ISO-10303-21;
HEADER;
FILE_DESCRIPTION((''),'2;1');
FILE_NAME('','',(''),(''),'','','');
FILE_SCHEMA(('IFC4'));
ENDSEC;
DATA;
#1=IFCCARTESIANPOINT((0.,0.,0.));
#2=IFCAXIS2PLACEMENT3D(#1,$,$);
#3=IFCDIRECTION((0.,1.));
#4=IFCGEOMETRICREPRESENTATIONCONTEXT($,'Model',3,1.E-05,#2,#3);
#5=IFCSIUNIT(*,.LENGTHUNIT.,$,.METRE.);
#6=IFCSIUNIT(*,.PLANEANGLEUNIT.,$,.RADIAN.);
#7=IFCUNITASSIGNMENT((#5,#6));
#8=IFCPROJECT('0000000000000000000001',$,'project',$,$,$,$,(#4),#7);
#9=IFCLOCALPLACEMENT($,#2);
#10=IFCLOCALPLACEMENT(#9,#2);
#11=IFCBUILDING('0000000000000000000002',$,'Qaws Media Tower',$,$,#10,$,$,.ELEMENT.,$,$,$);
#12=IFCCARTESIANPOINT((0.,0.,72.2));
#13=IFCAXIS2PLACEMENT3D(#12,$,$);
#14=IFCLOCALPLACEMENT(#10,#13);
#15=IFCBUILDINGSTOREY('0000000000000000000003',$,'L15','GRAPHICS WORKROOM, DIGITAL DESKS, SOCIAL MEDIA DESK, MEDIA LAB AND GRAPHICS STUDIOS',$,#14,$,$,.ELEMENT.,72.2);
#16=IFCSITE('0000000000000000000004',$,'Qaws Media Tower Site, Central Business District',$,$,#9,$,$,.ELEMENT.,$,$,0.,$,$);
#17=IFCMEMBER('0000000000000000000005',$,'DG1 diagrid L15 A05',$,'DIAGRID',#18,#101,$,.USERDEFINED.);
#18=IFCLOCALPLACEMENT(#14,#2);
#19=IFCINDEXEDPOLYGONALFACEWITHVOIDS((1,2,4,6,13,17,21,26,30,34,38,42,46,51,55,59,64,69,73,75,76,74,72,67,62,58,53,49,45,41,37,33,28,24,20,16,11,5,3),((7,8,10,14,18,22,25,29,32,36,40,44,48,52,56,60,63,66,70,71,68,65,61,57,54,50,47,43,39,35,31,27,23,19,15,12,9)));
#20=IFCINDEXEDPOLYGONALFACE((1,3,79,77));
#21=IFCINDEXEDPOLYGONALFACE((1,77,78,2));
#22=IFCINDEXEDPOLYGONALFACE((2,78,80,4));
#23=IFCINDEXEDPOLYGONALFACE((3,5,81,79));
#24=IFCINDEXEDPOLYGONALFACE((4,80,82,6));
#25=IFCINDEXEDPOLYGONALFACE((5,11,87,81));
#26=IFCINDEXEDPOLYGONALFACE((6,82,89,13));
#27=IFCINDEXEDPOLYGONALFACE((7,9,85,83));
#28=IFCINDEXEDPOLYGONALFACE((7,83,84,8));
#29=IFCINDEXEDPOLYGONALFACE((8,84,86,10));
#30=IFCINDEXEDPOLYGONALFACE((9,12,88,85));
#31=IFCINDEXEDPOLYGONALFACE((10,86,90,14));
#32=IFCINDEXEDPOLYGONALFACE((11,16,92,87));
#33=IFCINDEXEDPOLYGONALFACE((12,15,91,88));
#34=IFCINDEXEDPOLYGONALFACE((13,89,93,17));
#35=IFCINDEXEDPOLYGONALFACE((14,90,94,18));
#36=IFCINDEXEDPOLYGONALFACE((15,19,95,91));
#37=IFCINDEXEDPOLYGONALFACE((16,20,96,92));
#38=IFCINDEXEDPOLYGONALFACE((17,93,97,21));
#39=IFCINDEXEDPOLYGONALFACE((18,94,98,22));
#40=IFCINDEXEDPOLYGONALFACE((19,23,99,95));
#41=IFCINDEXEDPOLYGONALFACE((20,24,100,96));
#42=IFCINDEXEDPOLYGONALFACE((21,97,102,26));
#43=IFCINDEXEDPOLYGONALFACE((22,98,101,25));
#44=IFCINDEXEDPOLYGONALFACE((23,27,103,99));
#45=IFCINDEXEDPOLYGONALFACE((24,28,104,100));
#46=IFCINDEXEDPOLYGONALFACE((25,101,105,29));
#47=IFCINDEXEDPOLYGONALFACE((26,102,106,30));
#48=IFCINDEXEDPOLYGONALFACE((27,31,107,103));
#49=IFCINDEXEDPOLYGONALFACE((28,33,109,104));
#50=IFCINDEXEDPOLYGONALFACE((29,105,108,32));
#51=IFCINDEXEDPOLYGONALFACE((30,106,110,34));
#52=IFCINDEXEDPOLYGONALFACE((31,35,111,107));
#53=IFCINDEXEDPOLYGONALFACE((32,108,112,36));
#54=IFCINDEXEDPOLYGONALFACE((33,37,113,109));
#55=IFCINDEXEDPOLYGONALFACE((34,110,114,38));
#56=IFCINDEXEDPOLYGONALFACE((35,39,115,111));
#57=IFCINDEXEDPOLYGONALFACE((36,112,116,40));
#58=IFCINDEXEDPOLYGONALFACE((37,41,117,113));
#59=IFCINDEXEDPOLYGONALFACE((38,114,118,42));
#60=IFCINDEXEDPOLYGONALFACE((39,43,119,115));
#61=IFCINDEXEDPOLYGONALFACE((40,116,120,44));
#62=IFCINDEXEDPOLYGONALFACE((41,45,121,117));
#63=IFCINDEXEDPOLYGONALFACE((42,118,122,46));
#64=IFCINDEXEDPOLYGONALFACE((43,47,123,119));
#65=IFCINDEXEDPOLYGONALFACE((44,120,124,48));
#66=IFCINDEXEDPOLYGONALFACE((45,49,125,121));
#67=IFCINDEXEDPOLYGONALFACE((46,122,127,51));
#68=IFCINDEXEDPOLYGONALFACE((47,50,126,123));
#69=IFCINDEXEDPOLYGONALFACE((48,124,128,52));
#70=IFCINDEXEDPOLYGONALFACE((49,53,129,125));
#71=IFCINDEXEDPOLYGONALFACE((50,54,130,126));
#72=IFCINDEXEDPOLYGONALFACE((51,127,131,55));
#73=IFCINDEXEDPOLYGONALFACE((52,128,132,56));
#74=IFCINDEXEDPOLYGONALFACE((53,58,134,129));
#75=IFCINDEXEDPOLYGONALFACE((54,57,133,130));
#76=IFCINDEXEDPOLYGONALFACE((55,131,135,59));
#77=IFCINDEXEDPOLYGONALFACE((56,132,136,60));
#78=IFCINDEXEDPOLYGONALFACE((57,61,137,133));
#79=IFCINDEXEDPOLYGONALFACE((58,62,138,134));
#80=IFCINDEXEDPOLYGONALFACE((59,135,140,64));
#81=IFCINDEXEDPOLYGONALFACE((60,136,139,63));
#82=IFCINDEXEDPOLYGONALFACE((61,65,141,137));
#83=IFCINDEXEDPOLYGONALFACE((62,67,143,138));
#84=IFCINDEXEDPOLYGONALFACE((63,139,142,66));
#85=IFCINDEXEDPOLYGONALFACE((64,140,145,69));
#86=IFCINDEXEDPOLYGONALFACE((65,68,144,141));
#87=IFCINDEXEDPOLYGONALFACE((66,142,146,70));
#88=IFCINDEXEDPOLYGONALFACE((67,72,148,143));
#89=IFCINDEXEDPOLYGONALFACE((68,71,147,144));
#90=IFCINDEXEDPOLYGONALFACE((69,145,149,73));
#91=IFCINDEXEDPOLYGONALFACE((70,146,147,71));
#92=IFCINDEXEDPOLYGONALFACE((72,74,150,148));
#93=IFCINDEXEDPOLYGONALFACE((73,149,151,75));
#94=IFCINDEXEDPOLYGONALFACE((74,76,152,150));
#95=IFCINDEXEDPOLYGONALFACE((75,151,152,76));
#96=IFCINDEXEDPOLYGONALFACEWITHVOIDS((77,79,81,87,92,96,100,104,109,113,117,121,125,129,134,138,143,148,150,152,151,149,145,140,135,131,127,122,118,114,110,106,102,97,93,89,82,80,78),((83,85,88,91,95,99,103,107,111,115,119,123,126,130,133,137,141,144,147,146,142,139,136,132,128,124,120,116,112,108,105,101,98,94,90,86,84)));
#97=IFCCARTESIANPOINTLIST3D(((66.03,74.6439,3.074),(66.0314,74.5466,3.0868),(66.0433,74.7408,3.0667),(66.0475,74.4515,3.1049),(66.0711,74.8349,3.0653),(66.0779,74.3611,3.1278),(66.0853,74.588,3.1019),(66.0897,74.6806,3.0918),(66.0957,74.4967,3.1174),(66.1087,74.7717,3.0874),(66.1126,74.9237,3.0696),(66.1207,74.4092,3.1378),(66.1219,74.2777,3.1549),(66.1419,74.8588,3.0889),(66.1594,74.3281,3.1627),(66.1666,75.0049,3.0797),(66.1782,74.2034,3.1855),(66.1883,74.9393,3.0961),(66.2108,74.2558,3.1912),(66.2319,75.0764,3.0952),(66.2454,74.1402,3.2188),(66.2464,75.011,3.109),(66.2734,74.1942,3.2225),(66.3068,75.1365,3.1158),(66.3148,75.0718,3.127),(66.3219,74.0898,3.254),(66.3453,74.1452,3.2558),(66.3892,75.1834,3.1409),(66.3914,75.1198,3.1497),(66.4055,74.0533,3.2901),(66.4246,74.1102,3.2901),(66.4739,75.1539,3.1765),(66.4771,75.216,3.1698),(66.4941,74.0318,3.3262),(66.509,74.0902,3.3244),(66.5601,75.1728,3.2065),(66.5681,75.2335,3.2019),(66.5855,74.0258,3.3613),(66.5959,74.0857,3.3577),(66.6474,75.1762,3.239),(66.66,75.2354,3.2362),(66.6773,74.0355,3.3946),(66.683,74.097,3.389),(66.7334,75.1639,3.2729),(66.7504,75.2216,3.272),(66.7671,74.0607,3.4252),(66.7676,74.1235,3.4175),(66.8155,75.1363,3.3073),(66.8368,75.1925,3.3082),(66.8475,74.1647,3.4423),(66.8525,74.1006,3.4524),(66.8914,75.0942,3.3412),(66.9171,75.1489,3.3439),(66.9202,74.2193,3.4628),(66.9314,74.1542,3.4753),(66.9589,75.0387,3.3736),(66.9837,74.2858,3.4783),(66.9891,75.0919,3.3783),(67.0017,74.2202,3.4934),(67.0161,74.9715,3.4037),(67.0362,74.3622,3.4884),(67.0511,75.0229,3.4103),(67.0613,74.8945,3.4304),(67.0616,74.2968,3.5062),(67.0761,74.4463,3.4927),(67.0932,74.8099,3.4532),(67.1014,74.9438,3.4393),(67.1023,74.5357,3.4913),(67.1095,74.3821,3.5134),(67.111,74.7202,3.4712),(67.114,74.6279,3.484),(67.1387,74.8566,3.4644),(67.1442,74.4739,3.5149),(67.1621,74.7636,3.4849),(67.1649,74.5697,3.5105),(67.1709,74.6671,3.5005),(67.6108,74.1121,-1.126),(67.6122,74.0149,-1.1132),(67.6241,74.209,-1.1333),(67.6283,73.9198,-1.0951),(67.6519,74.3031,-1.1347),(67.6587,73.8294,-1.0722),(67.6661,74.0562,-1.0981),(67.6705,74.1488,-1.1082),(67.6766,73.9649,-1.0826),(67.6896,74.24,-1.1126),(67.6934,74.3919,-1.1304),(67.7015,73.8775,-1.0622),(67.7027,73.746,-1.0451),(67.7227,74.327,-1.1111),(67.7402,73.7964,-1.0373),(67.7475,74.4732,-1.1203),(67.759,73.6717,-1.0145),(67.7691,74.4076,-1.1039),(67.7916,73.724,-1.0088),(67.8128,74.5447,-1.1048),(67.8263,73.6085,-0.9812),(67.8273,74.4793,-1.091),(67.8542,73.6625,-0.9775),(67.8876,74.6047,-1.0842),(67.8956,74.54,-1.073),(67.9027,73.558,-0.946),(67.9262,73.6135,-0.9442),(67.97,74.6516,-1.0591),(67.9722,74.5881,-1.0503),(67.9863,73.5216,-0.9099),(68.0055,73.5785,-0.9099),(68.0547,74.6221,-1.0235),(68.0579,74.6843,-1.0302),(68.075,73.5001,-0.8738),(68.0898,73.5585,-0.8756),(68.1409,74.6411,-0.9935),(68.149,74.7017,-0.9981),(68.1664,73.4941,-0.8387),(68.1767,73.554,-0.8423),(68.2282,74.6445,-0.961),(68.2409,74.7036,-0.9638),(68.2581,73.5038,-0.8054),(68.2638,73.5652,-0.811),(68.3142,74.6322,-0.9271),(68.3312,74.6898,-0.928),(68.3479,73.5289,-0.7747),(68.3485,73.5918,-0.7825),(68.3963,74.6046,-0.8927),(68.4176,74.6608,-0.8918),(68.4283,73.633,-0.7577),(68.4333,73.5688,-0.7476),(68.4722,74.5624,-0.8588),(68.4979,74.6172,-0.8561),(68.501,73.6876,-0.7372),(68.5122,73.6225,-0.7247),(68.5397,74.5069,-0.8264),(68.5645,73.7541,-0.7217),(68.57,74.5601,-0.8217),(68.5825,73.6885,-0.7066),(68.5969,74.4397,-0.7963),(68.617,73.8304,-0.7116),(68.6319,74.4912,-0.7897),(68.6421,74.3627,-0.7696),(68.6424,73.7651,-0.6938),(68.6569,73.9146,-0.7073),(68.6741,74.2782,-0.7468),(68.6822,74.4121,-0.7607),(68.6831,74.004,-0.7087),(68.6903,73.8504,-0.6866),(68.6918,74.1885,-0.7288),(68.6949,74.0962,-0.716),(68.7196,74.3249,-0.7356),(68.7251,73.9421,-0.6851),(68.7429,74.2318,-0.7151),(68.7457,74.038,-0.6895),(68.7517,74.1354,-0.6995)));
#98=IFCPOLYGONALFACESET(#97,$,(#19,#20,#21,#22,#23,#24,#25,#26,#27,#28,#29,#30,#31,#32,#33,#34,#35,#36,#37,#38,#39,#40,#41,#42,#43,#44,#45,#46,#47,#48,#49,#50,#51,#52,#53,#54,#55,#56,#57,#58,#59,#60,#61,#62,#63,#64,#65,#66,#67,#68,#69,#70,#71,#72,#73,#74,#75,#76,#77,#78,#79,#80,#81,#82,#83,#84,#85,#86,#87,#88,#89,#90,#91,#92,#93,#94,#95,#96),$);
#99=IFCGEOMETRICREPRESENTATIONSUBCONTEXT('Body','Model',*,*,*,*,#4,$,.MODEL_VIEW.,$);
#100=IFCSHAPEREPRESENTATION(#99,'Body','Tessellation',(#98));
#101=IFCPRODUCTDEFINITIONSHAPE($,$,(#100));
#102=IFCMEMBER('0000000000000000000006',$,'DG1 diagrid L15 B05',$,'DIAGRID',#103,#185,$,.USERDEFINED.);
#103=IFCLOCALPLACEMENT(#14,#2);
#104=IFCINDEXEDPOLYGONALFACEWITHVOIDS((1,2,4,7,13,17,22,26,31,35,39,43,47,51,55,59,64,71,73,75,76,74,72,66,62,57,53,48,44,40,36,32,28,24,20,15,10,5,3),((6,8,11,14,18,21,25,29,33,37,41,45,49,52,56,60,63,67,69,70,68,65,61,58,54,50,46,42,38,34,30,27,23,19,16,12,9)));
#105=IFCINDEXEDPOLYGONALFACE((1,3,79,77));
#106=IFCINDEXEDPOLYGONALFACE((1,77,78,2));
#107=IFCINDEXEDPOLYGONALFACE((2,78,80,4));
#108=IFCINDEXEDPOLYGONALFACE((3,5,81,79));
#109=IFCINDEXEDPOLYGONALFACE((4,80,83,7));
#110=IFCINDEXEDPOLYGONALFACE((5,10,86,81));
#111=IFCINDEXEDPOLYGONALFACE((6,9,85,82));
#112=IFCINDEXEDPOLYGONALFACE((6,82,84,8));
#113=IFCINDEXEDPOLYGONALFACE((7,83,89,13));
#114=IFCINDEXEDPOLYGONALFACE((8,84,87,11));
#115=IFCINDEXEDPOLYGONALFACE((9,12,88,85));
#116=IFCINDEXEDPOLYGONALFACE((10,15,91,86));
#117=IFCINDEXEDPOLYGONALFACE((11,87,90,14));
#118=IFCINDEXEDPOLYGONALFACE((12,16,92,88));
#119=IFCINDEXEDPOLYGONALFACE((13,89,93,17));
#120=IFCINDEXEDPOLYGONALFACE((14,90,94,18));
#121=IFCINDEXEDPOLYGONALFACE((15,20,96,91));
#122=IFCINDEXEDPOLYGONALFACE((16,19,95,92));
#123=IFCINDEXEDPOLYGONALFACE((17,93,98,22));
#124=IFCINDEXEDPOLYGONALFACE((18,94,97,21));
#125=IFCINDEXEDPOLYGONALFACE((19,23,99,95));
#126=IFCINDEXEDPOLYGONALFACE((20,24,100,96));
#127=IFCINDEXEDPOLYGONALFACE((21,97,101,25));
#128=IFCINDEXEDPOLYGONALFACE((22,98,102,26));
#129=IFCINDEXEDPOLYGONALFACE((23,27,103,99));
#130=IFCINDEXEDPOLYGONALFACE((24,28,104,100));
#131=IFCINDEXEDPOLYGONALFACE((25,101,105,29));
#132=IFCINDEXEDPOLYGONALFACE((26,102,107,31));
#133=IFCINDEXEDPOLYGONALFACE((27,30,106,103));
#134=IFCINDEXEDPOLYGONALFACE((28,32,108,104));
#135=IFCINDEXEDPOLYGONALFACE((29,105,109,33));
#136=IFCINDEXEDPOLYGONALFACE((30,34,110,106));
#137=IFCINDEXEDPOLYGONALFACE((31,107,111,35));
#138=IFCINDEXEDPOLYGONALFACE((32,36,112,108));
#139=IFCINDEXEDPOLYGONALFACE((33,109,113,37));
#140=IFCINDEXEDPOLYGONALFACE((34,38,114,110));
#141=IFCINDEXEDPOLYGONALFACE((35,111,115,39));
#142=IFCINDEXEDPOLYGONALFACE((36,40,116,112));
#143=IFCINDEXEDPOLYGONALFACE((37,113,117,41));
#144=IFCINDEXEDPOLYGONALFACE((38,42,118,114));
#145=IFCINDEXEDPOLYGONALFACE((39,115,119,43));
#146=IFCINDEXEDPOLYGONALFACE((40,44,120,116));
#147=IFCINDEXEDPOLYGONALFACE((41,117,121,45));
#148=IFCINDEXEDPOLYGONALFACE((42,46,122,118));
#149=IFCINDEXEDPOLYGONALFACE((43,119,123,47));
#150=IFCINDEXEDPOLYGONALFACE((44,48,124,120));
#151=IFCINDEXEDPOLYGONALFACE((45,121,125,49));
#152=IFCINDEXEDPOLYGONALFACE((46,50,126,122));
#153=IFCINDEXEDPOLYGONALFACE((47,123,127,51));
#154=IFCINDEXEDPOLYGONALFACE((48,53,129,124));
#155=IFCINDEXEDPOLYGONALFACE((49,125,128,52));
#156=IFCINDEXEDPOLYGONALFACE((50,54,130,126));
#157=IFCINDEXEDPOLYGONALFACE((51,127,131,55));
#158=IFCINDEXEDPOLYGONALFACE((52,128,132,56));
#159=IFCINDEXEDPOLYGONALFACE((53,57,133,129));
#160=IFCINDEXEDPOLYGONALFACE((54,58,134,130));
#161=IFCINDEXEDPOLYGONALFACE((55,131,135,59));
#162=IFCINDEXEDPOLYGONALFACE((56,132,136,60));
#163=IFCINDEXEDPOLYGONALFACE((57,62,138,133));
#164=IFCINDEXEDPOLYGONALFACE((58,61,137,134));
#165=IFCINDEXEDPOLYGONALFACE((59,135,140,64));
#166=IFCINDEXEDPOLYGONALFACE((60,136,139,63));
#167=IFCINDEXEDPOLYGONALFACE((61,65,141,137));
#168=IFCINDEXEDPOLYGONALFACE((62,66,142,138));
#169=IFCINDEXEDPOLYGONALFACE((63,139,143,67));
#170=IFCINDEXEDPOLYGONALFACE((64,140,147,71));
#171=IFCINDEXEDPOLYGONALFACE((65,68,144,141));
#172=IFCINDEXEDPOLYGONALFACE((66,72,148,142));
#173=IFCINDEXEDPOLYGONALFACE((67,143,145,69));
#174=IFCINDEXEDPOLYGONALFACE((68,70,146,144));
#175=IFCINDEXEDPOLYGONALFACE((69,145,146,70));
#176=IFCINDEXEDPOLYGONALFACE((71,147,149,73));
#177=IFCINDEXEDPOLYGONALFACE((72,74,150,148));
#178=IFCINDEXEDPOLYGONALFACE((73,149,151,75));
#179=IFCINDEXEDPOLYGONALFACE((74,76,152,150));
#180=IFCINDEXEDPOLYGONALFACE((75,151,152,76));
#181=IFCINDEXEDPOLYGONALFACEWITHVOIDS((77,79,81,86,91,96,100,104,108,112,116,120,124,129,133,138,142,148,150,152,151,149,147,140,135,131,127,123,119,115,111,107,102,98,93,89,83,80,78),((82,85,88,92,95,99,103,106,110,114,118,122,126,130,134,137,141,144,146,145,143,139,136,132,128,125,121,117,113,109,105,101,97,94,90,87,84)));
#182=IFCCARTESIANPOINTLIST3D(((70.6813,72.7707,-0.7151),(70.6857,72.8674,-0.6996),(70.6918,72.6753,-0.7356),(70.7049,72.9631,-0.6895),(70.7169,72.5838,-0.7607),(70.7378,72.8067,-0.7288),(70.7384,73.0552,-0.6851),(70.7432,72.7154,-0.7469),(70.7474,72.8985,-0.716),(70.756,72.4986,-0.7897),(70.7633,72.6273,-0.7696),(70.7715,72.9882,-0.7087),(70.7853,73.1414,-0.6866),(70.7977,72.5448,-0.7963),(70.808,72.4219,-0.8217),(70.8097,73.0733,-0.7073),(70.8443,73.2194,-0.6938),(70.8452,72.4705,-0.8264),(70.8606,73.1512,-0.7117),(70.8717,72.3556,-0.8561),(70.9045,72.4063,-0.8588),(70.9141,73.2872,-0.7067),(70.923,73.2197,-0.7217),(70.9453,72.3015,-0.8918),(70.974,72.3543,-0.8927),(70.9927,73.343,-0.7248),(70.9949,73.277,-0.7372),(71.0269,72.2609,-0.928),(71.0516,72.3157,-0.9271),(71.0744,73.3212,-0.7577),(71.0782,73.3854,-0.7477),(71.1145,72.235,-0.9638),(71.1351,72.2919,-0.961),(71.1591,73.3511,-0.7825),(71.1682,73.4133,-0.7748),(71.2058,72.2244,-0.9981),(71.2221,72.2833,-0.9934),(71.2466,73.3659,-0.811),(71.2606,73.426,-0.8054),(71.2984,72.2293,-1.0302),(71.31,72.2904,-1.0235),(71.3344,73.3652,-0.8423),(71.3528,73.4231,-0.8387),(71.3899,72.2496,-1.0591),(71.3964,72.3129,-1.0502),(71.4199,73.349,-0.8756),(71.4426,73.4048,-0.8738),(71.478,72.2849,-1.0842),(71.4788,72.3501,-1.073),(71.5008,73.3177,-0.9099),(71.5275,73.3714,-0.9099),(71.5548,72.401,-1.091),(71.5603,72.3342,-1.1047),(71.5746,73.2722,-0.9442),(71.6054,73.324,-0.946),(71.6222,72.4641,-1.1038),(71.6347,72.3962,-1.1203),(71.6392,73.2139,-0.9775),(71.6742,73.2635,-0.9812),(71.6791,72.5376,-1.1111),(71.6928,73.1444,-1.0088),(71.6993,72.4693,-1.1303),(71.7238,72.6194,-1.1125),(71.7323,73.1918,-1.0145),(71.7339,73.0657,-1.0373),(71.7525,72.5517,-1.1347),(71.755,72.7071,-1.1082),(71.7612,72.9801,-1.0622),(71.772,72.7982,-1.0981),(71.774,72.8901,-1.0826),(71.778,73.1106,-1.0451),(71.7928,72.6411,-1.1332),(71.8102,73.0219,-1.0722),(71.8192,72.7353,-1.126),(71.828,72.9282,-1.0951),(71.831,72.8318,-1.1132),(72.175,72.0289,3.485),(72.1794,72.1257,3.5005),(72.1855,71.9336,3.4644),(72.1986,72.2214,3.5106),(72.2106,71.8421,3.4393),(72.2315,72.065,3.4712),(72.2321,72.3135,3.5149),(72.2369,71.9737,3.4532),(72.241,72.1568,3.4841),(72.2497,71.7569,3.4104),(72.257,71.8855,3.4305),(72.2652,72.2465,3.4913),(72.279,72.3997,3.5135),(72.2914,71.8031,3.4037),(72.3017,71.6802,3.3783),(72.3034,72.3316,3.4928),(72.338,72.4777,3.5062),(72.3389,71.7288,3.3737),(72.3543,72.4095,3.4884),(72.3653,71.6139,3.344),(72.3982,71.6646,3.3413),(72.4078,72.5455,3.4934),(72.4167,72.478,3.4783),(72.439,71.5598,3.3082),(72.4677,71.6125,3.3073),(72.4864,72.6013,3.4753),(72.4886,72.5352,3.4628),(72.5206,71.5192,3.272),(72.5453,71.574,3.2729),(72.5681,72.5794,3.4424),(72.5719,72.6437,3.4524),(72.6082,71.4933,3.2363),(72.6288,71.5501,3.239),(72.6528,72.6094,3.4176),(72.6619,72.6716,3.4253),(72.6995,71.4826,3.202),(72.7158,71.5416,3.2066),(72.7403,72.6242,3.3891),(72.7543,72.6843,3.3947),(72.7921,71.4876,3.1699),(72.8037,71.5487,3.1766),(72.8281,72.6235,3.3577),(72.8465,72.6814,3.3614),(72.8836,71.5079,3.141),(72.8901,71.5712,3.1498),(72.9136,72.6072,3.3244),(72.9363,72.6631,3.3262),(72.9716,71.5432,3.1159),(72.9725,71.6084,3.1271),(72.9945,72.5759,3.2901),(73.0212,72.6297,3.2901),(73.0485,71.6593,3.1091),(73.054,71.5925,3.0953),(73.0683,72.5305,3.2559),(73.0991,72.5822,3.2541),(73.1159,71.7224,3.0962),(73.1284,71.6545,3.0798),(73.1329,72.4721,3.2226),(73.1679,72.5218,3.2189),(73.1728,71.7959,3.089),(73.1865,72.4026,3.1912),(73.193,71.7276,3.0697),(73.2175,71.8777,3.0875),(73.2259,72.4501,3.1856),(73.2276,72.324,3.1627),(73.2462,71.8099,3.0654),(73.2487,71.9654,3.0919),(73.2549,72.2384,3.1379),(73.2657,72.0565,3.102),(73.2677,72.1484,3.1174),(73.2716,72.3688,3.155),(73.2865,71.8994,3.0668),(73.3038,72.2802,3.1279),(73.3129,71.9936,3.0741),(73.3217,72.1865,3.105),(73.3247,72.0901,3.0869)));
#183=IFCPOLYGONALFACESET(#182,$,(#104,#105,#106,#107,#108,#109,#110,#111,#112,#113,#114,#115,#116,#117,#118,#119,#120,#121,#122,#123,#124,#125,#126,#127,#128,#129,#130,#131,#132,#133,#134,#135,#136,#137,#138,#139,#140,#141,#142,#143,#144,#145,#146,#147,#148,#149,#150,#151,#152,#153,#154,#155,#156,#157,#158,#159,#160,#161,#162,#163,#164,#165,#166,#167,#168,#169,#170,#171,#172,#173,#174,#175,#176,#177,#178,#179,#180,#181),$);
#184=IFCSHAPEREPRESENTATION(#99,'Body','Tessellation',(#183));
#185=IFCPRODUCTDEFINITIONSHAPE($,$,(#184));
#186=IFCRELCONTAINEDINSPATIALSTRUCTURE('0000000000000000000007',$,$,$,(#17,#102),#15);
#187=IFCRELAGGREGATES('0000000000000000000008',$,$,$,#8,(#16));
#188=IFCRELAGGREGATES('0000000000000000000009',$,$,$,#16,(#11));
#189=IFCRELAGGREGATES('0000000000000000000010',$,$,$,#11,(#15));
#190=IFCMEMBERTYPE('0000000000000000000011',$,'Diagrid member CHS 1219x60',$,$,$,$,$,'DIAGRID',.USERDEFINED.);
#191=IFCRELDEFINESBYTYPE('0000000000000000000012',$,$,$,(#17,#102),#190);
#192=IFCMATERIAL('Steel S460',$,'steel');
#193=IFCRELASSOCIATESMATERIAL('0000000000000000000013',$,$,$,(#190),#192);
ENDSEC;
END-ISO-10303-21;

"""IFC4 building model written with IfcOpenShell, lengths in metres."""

from ifc_helpers import new_model, si_unit, direction, frame, origin, origin_2d, place, context, subcontext, project, spatial, hollow_circle, extrude, material, material_profile, profile_set, type_object, element, save


model = new_model("IFC4")

# Units and contexts
model_context = context("Model", 3, precision=1e-05, world=origin(), true_north=direction((0.0, 1.0)))
body_context = subcontext(model_context, "Body", "Model", "MODEL_VIEW")
ifc_project = project(units=[si_unit("LENGTHUNIT", "METRE"), si_unit("PLANEANGLEUNIT", "RADIAN")], contexts=[model_context])

# Site, building, storey
site_placement = place(None, origin())
site = spatial("IfcSite", under=ifc_project, at=site_placement, Name="Qaws Media Tower Site, Central Business District", CompositionType="ELEMENT", RefElevation=0.0)
building_placement = place(site_placement, origin())
building = spatial("IfcBuilding", under=site, at=building_placement, Name="Qaws Media Tower", CompositionType="ELEMENT")
storey_placement = place(building_placement, frame((0.0, 0.0, 72.2)))
storey = spatial("IfcBuildingStorey", under=building, at=storey_placement, Name="L15", Description="GRAPHICS WORKROOM, DIGITAL DESKS, SOCIAL MEDIA DESK, MEDIA LAB AND GRAPHICS STUDIOS", CompositionType="ELEMENT", Elevation=72.2)

# Members
ifc_material_1 = material(Name="Steel S460", Category="steel")
ifc_material_profile_1 = material_profile(ifc_material_1, hollow_circle(Radius=0.6096, WallThickness=0.0601, at=origin_2d()), Name="CHS 1219x60")
ifc_profile_set_1 = profile_set([ifc_material_profile_1], Name="Steel S460")
member_type_1 = type_object("IfcMemberType", Name="Diagrid member CHS 1219x60", ElementType="DIAGRID", PredefinedType="USERDEFINED", material=ifc_profile_set_1)
for number, where, z_axis, x_axis, name in (
    (1, (68.1807, 74.0994, -0.9099), (-0.349815, 0.117667, 0.9294), (-0.318818, -0.947816, 0.0), "DG1 diagrid L15 A05"),
    (2, (71.2563, 72.8254, -0.9099), (0.330532, -0.164132, 0.929413), (0.444752, 0.895654, 0.0), "DG1 diagrid L15 B05"),
):
    element("IfcMember", number, at=place(storey_placement, frame(where, z_axis=z_axis, x_axis=x_axis)), inside=storey, type_object=member_type_1, Name=name, ObjectType="DIAGRID", PredefinedType="USERDEFINED", context=body_context, shape_type="SweptSolid", body=[
        extrude(hollow_circle(Radius=0.6096, WallThickness=0.0601, at=origin_2d()), origin(), (0.0, 0.0, 1.0), 4.519),
    ])

save(model, "model.ifc")
